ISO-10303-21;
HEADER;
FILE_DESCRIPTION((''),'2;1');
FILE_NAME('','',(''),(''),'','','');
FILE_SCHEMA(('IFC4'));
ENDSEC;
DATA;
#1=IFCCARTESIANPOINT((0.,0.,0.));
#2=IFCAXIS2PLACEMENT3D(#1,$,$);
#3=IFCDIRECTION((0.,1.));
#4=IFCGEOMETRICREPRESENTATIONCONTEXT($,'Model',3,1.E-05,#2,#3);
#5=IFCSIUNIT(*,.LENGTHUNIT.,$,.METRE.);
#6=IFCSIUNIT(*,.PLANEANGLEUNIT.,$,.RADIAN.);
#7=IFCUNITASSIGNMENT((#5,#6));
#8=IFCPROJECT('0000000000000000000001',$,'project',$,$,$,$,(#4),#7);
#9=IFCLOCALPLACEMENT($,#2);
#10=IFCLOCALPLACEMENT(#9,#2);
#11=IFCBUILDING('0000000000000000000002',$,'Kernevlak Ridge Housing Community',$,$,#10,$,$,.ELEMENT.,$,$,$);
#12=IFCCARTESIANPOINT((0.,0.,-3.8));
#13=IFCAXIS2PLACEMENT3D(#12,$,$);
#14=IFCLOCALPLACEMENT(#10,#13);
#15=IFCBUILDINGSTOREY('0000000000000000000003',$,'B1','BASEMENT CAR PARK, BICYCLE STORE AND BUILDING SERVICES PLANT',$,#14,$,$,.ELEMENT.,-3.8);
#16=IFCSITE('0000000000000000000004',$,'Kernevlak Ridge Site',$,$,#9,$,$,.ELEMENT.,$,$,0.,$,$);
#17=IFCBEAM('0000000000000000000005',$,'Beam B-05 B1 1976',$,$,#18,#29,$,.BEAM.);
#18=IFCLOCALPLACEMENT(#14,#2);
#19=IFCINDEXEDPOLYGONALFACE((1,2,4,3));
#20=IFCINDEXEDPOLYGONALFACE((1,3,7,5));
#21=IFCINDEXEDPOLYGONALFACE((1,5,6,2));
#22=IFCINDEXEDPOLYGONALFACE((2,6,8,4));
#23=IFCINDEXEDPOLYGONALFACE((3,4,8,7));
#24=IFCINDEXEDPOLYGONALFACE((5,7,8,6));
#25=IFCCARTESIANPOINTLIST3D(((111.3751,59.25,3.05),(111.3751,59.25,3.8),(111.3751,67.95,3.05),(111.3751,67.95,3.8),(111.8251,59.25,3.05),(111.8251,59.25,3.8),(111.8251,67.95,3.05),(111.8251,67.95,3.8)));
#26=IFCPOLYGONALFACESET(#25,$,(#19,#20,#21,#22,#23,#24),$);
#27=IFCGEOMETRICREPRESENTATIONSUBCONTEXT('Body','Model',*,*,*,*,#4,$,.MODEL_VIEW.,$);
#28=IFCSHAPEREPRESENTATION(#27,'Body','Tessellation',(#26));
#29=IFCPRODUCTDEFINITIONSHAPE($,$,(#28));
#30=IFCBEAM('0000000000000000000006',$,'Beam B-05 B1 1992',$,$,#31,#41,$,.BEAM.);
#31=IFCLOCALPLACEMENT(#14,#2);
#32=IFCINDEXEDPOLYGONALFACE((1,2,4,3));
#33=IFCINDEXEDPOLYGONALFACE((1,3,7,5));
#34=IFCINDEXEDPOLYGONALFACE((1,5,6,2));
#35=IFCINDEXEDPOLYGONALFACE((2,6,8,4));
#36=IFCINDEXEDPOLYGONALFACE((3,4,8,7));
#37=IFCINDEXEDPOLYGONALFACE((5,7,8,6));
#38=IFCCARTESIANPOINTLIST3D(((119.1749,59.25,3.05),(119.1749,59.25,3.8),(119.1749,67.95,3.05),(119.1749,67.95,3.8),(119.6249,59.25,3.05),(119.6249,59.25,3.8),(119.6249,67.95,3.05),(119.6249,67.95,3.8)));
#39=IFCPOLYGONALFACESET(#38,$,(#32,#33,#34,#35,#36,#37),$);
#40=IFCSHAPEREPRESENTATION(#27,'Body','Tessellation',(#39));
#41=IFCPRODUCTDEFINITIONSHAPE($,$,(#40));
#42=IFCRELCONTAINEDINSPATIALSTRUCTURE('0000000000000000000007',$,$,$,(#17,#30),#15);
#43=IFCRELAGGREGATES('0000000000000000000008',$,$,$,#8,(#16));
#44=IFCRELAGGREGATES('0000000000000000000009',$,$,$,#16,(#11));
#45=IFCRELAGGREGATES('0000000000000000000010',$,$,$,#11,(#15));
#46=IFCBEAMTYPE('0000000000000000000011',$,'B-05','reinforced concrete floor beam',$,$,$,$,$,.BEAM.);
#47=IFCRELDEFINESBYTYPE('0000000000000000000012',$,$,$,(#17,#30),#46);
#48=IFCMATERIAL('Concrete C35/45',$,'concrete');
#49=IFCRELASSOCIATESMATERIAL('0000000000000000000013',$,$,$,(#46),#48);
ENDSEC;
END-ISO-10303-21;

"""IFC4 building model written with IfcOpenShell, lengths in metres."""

from ifc_helpers import new_model, si_unit, direction, frame, origin, origin_2d, place, context, subcontext, project, spatial, rectangle, extrude, material, material_profile, profile_set, type_object, element, save


model = new_model("IFC4")

# Units and contexts
model_context = context("Model", 3, precision=1e-05, world=origin(), true_north=direction((0.0, 1.0)))
body_context = subcontext(model_context, "Body", "Model", "MODEL_VIEW")
ifc_project = project(units=[si_unit("LENGTHUNIT", "METRE"), si_unit("PLANEANGLEUNIT", "RADIAN")], contexts=[model_context])

# Site, building, storey
site_placement = place(None, origin())
site = spatial("IfcSite", under=ifc_project, at=site_placement, Name="Kernevlak Ridge Site", CompositionType="ELEMENT", RefElevation=0.0)
building_placement = place(site_placement, origin())
building = spatial("IfcBuilding", under=site, at=building_placement, Name="Kernevlak Ridge Housing Community", CompositionType="ELEMENT")
storey_placement = place(building_placement, frame((0.0, 0.0, -3.8)))
storey = spatial("IfcBuildingStorey", under=building, at=storey_placement, Name="B1", Description="BASEMENT CAR PARK, BICYCLE STORE AND BUILDING SERVICES PLANT", CompositionType="ELEMENT", Elevation=-3.8)

# Shared definitions
ifc_material_1 = material(Name="Concrete C35/45", Category="concrete")

# Beams
ifc_material_profile_1 = material_profile(ifc_material_1, rectangle(XDim=0.45, YDim=0.75, at=origin_2d()), Name="RC 450x750")
ifc_profile_set_1 = profile_set([ifc_material_profile_1], Name="Concrete C35/45")
beam_type_1 = type_object("IfcBeamType", Name="B-05", Description="reinforced concrete floor beam", PredefinedType="BEAM", material=ifc_profile_set_1)
for number, where, z_axis, x_axis, name in (
    (1, (111.6001, 59.25, 3.425), (0.0, 1.0, 0.0), (-1.0, 0.0, 0.0), "Beam B-05 B1 1976"),
    (2, (119.3999, 59.25, 3.425), (0.0, 1.0, 0.0), (-1.0, 0.0, 0.0), "Beam B-05 B1 1992"),
):
    element("IfcBeam", number, at=place(storey_placement, frame(where, z_axis=z_axis, x_axis=x_axis)), inside=storey, type_object=beam_type_1, Name=name, PredefinedType="BEAM", context=body_context, shape_type="SweptSolid", body=[
        extrude(rectangle(XDim=0.45, YDim=0.75, at=origin_2d()), origin(), (0.0, 0.0, 1.0), 8.7),
    ])

save(model, "model.ifc")
